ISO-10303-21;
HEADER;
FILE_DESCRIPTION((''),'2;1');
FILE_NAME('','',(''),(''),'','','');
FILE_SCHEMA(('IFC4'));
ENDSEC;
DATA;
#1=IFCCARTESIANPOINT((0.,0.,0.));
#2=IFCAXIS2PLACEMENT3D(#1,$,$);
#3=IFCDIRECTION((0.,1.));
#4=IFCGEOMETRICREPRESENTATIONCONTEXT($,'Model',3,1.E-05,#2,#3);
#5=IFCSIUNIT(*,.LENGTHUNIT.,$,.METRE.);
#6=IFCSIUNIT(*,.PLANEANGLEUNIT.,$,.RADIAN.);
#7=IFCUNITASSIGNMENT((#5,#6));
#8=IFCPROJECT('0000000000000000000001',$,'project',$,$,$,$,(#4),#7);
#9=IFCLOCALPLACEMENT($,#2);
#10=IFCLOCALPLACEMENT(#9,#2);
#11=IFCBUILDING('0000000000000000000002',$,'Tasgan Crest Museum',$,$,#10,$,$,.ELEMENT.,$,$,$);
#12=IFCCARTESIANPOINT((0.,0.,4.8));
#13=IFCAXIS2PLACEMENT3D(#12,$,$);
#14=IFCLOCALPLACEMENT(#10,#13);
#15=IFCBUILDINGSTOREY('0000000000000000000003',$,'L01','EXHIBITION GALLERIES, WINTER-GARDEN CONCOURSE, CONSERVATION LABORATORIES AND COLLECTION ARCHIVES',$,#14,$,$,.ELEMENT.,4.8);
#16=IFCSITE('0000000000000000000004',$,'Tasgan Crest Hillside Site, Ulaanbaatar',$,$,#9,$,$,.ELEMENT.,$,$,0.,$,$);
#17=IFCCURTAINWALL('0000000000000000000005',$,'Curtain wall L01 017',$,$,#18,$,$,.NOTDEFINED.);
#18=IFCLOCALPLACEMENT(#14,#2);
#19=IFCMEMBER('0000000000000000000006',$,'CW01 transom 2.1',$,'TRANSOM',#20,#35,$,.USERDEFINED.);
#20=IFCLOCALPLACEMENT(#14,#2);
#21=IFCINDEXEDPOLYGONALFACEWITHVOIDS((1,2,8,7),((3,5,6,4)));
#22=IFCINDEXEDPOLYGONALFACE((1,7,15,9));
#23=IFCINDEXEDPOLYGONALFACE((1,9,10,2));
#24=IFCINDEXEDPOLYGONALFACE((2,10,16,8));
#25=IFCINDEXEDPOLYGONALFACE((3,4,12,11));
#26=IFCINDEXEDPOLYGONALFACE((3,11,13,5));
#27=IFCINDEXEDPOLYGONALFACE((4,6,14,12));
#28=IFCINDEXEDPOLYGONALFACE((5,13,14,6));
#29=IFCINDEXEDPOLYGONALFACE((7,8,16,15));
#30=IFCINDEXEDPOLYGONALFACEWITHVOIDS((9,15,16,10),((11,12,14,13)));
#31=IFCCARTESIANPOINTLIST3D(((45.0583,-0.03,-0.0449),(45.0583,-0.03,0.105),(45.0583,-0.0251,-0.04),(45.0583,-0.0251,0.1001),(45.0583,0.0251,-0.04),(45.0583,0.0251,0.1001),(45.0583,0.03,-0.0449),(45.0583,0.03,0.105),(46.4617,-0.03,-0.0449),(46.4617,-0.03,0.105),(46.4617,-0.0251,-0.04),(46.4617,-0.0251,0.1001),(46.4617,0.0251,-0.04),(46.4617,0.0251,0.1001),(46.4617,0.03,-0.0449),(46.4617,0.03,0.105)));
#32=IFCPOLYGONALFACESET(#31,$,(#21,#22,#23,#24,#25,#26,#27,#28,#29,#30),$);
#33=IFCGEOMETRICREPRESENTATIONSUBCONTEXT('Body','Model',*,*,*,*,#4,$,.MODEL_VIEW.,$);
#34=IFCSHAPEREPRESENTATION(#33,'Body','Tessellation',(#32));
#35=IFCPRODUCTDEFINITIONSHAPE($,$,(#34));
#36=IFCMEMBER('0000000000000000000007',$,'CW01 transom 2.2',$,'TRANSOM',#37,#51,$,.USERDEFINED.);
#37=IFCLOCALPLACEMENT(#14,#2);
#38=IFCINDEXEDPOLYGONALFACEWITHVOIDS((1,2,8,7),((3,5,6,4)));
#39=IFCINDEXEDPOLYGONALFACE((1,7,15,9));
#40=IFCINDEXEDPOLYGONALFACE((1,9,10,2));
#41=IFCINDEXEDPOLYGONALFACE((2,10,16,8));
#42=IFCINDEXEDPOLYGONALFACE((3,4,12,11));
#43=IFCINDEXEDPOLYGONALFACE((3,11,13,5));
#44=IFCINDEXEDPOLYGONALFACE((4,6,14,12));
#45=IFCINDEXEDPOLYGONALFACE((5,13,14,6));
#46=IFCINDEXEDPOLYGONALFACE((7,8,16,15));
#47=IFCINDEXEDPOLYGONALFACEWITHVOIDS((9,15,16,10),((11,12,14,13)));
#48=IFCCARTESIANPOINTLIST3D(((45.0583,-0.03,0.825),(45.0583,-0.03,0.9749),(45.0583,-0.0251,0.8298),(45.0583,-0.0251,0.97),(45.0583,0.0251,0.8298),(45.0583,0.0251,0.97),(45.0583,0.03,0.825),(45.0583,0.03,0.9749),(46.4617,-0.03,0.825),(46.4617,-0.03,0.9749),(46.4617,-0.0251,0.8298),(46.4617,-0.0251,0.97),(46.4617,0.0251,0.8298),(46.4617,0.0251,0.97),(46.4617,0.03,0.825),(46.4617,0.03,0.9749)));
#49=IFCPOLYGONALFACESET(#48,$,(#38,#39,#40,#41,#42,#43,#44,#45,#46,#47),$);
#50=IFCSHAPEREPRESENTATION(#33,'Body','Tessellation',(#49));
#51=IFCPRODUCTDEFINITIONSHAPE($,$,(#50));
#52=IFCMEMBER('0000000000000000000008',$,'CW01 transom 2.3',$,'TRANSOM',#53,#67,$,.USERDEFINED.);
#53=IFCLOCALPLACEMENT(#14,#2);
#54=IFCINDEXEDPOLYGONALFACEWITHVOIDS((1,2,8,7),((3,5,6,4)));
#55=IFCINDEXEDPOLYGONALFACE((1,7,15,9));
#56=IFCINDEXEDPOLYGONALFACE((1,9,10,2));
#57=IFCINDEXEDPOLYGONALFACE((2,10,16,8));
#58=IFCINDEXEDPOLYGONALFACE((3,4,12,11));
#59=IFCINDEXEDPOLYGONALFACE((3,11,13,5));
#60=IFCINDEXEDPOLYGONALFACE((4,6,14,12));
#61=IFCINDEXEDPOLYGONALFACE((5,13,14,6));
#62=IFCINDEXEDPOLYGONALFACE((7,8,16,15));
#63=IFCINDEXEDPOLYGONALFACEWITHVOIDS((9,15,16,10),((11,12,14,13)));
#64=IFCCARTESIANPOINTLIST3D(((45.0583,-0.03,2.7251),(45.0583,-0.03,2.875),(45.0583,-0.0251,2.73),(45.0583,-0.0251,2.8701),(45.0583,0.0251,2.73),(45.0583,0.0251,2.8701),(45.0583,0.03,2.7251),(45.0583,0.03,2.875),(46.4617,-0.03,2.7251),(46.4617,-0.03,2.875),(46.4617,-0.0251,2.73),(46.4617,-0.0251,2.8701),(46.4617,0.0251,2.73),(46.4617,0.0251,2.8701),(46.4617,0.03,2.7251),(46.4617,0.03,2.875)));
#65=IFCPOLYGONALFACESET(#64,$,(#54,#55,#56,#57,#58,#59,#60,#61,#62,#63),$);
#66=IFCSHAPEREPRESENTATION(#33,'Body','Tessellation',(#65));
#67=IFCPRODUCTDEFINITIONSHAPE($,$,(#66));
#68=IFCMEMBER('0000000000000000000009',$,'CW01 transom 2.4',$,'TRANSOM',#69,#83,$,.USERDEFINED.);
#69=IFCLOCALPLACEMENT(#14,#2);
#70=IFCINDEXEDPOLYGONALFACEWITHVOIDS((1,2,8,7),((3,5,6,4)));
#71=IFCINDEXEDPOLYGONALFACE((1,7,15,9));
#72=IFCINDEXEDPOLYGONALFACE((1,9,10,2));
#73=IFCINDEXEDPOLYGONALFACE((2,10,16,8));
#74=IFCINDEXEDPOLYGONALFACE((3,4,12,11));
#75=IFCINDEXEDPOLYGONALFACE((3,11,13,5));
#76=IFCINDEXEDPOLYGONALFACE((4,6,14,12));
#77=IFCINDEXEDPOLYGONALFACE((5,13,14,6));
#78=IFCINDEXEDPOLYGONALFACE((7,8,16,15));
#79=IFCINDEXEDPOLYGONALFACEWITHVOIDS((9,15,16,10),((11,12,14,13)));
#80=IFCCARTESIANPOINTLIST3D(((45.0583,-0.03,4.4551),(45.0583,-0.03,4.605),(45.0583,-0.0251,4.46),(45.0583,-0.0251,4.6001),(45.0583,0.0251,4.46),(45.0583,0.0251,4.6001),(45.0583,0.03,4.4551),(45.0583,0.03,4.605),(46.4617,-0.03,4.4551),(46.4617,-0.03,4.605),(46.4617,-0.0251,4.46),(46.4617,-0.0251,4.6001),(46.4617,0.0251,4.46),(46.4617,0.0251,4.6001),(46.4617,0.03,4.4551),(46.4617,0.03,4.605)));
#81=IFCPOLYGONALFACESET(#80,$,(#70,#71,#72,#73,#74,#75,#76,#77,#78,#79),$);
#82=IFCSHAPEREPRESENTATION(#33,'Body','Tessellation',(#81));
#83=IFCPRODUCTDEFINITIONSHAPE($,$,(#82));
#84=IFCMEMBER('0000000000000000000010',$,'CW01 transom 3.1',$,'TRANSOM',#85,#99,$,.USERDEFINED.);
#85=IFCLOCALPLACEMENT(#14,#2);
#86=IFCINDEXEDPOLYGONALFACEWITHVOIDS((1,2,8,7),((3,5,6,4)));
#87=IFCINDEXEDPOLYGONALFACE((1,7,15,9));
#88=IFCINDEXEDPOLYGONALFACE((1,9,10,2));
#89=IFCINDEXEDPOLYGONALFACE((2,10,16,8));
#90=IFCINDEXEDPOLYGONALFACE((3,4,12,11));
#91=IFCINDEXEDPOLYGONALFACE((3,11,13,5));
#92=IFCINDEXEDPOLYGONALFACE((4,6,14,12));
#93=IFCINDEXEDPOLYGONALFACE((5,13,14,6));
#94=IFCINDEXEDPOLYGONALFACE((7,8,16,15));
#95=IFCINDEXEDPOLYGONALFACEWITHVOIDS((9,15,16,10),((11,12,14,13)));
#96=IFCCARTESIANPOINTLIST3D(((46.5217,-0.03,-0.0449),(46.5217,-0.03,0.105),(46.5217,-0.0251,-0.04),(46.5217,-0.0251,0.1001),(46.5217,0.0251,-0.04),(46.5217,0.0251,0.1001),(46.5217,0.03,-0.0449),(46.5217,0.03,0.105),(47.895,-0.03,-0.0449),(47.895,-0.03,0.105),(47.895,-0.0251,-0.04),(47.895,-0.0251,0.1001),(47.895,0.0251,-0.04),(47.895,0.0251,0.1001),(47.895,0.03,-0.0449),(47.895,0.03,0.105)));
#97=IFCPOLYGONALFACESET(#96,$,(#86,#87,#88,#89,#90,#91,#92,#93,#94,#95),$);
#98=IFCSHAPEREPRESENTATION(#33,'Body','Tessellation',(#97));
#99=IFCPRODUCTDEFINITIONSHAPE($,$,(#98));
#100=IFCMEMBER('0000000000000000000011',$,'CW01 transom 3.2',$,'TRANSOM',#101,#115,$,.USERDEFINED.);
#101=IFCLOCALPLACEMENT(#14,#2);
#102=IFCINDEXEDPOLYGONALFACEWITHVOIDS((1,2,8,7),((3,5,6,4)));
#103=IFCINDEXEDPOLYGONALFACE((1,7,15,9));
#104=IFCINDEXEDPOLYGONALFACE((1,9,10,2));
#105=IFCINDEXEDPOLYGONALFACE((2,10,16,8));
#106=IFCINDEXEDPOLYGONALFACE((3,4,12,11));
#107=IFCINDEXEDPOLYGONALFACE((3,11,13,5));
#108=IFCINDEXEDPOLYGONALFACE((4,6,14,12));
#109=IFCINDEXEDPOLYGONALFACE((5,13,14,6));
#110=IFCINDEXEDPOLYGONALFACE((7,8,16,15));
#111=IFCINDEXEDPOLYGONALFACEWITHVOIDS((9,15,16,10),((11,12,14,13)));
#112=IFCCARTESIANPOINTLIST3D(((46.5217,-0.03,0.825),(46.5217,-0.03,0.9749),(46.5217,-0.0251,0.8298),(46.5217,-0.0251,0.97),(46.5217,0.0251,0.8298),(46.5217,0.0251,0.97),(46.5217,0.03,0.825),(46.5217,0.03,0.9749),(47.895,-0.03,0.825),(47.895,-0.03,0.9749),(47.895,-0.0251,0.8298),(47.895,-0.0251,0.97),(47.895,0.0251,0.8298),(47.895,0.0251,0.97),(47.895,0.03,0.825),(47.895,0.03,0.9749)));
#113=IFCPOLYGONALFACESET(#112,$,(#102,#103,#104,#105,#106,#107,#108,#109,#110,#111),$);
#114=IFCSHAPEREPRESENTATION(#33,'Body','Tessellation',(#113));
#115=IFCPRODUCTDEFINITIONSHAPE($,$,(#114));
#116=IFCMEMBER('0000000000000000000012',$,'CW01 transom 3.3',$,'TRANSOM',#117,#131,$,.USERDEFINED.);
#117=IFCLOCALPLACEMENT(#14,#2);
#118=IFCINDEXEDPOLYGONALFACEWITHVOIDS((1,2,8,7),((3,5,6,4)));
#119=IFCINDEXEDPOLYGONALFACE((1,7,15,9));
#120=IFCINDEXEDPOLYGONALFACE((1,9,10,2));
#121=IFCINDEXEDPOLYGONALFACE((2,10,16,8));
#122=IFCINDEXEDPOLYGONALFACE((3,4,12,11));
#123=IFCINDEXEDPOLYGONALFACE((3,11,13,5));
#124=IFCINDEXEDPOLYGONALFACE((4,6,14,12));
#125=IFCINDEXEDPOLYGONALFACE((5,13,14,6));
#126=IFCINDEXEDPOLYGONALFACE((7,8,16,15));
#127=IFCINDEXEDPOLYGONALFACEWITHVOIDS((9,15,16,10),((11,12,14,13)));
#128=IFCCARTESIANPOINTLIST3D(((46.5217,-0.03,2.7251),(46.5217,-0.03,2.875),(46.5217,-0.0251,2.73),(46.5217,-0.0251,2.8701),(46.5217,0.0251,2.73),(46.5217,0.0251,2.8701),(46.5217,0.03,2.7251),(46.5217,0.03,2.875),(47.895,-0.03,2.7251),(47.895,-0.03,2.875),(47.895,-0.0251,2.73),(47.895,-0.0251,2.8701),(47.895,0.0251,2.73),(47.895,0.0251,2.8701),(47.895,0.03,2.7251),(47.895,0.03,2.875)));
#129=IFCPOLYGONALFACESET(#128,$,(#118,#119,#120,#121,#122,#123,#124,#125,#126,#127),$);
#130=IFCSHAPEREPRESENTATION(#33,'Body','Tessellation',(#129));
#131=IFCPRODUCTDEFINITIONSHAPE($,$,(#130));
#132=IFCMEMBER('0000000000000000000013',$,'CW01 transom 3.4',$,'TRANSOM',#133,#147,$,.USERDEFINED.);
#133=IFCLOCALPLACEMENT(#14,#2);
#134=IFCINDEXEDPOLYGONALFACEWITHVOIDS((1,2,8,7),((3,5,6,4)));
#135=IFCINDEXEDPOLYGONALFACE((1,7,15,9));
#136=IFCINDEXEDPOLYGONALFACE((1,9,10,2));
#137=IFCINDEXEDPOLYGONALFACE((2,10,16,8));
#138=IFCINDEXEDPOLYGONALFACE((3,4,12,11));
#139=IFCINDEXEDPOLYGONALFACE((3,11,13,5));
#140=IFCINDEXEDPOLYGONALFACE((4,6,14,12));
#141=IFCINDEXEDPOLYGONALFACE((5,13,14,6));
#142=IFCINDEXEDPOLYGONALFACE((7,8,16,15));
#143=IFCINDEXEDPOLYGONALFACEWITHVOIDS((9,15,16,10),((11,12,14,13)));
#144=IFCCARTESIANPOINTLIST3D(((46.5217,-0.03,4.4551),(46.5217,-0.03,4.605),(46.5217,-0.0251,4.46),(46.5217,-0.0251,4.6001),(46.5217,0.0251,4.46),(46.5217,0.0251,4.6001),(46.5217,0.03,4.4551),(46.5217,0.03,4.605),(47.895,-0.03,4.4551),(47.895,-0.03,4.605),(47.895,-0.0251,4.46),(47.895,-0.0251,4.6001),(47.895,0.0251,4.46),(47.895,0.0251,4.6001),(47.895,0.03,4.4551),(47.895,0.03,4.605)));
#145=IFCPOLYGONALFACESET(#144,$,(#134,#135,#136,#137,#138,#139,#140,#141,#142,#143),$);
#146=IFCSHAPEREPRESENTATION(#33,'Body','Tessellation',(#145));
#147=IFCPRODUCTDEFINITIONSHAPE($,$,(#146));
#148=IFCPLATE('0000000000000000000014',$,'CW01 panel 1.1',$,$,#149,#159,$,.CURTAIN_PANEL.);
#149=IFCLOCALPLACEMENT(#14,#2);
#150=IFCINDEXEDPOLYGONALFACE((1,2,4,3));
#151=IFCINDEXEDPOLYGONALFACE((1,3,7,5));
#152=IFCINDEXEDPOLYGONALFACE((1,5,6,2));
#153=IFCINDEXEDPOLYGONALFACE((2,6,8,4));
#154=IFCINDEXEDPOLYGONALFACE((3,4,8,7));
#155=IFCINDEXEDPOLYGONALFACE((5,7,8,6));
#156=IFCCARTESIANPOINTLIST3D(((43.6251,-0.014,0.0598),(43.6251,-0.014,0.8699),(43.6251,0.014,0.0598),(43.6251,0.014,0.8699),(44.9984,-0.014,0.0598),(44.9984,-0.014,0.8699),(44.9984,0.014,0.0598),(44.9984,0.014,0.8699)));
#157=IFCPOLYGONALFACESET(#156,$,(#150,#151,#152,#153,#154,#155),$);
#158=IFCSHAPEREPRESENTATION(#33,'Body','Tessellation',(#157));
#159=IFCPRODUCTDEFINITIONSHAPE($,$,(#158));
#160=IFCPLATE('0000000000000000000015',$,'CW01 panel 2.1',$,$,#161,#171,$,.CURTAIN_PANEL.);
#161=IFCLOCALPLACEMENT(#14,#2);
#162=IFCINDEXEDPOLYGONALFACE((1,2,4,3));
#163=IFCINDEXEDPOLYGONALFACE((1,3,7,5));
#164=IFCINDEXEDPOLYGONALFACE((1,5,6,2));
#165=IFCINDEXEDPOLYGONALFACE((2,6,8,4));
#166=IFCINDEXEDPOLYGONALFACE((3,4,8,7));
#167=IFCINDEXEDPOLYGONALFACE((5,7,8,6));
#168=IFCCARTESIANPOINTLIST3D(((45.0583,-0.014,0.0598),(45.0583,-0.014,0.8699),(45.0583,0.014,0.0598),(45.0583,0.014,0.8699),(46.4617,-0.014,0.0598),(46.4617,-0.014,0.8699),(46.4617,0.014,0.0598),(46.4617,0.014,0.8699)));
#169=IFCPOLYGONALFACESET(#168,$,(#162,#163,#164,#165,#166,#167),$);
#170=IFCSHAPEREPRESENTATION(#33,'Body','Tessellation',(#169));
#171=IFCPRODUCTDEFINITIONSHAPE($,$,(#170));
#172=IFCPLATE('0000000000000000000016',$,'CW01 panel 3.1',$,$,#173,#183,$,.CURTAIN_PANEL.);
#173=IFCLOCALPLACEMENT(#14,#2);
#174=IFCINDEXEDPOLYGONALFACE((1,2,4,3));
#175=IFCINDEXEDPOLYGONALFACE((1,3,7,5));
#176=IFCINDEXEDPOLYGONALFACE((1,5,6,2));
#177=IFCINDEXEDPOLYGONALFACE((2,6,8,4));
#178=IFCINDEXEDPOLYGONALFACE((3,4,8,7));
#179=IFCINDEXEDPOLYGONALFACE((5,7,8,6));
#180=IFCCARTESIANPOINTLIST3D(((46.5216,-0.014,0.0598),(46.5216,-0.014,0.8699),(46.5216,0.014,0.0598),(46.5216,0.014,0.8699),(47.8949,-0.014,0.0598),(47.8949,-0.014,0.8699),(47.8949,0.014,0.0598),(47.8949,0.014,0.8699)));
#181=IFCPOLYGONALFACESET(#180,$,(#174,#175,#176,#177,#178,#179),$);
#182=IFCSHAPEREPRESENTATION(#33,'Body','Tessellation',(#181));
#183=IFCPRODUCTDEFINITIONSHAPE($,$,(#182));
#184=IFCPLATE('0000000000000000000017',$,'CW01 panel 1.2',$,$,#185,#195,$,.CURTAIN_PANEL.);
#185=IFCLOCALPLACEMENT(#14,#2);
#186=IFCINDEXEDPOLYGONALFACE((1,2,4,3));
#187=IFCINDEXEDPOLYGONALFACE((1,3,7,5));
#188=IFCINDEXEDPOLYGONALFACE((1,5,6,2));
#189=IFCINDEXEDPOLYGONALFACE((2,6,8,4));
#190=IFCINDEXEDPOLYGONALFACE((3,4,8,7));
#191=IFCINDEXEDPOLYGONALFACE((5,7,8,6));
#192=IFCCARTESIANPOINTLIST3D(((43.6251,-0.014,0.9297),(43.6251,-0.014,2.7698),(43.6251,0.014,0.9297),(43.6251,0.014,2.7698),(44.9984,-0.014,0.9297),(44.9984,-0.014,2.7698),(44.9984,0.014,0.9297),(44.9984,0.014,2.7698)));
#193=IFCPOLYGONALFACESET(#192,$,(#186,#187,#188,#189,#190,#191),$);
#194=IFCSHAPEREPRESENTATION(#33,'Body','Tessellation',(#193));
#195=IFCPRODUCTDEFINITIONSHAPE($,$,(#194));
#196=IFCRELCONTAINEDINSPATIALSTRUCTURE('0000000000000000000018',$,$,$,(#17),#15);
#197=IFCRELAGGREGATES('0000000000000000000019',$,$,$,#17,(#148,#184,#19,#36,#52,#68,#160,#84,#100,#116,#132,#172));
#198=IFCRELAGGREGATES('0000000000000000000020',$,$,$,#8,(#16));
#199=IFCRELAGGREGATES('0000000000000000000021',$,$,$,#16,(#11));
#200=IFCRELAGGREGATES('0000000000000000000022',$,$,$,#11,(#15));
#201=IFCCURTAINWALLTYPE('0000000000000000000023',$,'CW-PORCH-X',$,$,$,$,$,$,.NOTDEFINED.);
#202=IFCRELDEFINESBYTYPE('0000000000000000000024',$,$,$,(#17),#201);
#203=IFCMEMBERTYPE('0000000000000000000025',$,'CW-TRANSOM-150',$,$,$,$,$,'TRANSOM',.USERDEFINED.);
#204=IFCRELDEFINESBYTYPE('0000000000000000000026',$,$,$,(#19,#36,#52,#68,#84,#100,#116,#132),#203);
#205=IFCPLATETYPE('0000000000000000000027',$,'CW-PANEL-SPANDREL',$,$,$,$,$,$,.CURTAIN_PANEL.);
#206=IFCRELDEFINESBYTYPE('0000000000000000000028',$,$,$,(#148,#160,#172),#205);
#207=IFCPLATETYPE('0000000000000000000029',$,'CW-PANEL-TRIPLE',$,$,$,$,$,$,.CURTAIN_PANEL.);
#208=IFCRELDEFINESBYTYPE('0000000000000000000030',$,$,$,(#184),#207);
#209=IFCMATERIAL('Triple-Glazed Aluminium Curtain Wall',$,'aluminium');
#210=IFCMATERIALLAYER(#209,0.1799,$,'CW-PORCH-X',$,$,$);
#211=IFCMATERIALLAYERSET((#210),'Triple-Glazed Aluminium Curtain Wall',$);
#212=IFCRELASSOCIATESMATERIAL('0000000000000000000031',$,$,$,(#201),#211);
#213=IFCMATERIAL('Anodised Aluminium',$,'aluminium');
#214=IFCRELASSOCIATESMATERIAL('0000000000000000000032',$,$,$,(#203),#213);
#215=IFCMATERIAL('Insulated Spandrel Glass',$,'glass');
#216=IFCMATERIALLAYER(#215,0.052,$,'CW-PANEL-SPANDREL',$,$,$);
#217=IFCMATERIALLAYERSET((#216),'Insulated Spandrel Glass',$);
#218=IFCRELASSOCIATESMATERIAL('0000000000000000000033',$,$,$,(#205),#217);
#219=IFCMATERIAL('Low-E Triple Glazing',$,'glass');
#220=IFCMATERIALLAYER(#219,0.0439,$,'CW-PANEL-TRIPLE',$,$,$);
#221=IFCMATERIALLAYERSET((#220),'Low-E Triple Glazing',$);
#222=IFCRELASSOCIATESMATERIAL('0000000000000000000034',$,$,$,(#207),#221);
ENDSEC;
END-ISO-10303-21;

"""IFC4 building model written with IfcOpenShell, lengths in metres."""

from ifc_helpers import new_model, si_unit, direction, frame, origin, origin_2d, place, context, subcontext, project, spatial, rectangle, hollow_rectangle, extrude, material, layer, layer_set, material_profile, profile_set, type_object, element, aggregate, save


model = new_model("IFC4")

# Units and contexts
model_context = context("Model", 3, precision=1e-05, world=origin(), true_north=direction((0.0, 1.0)))
body_context = subcontext(model_context, "Body", "Model", "MODEL_VIEW")
ifc_project = project(units=[si_unit("LENGTHUNIT", "METRE"), si_unit("PLANEANGLEUNIT", "RADIAN")], contexts=[model_context])

# Site, building, storey
site_placement = place(None, origin())
site = spatial("IfcSite", under=ifc_project, at=site_placement, Name="Tasgan Crest Hillside Site, Ulaanbaatar", CompositionType="ELEMENT", RefElevation=0.0)
building_placement = place(site_placement, origin())
building = spatial("IfcBuilding", under=site, at=building_placement, Name="Tasgan Crest Museum", CompositionType="ELEMENT")
storey_placement = place(building_placement, frame((0.0, 0.0, 4.8)))
storey = spatial("IfcBuildingStorey", under=building, at=storey_placement, Name="L01", Description="EXHIBITION GALLERIES, WINTER-GARDEN CONCOURSE, CONSERVATION LABORATORIES AND COLLECTION ARCHIVES", CompositionType="ELEMENT", Elevation=4.8)

# Curtain wall, members, plates
ifc_material_1 = material(Name="Triple-Glazed Aluminium Curtain Wall", Category="aluminium")
ifc_layer_1 = layer(ifc_material_1, 0.1799, Name="CW-PORCH-X")
ifc_layer_set_1 = layer_set([ifc_layer_1], Name="Triple-Glazed Aluminium Curtain Wall")
curtain_wall_type = type_object("IfcCurtainWallType", Name="CW-PORCH-X", PredefinedType="NOTDEFINED", material=ifc_layer_set_1)
curtain_wall_placement = place(storey_placement, origin())
curtain_wall = element("IfcCurtainWall", 1, at=curtain_wall_placement, inside=storey, type_object=curtain_wall_type, Name="Curtain wall L01 017", PredefinedType="NOTDEFINED")
ifc_material_2 = material(Name="Anodised Aluminium", Category="aluminium")
ifc_material_profile_1 = material_profile(ifc_material_2, hollow_rectangle(XDim=0.0601, YDim=0.1499, WallThickness=0.0049, at=origin_2d()), Name="ALU TRANSOM 150x60x5")
ifc_profile_set_1 = profile_set([ifc_material_profile_1], Name="Anodised Aluminium")
member_type_1 = type_object("IfcMemberType", Name="CW-TRANSOM-150", ElementType="TRANSOM", PredefinedType="USERDEFINED", material=ifc_profile_set_1)
member_1_placement = place(storey_placement, frame((45.0583, 0.0, 0.03), z_axis=(1.0, 0.0, 0.0), x_axis=(0.0, 1.0, 0.0)))
member_1 = element("IfcMember", 2, at=member_1_placement, type_object=member_type_1, Name="CW01 transom 2.1", ObjectType="TRANSOM", PredefinedType="USERDEFINED", context=body_context, shape_type="SweptSolid", body=[
    extrude(hollow_rectangle(XDim=0.0601, YDim=0.1499, WallThickness=0.0049, at=origin_2d()), origin(), (0.0, 0.0, 1.0), 1.4033),
])
member_2_placement = place(storey_placement, frame((45.0583, 0.0, 0.8999), z_axis=(1.0, 0.0, 0.0), x_axis=(0.0, 1.0, 0.0)))
member_2 = element("IfcMember", 3, at=member_2_placement, type_object=member_type_1, Name="CW01 transom 2.2", ObjectType="TRANSOM", PredefinedType="USERDEFINED", context=body_context, shape_type="SweptSolid", body=[
    extrude(hollow_rectangle(XDim=0.0601, YDim=0.1499, WallThickness=0.0049, at=origin_2d()), origin(), (0.0, 0.0, 1.0), 1.4033),
])
member_3_placement = place(storey_placement, frame((45.0583, 0.0, 2.8), z_axis=(1.0, 0.0, 0.0), x_axis=(0.0, 1.0, 0.0)))
member_3 = element("IfcMember", 4, at=member_3_placement, type_object=member_type_1, Name="CW01 transom 2.3", ObjectType="TRANSOM", PredefinedType="USERDEFINED", context=body_context, shape_type="SweptSolid", body=[
    extrude(hollow_rectangle(XDim=0.0601, YDim=0.1499, WallThickness=0.0049, at=origin_2d()), origin(), (0.0, 0.0, 1.0), 1.4033),
])
member_4_placement = place(storey_placement, frame((45.0583, 0.0, 4.53), z_axis=(1.0, 0.0, 0.0), x_axis=(0.0, 1.0, 0.0)))
member_4 = element("IfcMember", 5, at=member_4_placement, type_object=member_type_1, Name="CW01 transom 2.4", ObjectType="TRANSOM", PredefinedType="USERDEFINED", context=body_context, shape_type="SweptSolid", body=[
    extrude(hollow_rectangle(XDim=0.0601, YDim=0.1499, WallThickness=0.0049, at=origin_2d()), origin(), (0.0, 0.0, 1.0), 1.4033),
])
member_5_placement = place(storey_placement, frame((46.5217, 0.0, 0.03), z_axis=(1.0, 0.0, 0.0), x_axis=(0.0, 1.0, 0.0)))
member_5 = element("IfcMember", 6, at=member_5_placement, type_object=member_type_1, Name="CW01 transom 3.1", ObjectType="TRANSOM", PredefinedType="USERDEFINED", context=body_context, shape_type="SweptSolid", body=[
    extrude(hollow_rectangle(XDim=0.0601, YDim=0.1499, WallThickness=0.0049, at=origin_2d()), origin(), (0.0, 0.0, 1.0), 1.3733),
])
member_6_placement = place(storey_placement, frame((46.5217, 0.0, 0.8999), z_axis=(1.0, 0.0, 0.0), x_axis=(0.0, 1.0, 0.0)))
member_6 = element("IfcMember", 7, at=member_6_placement, type_object=member_type_1, Name="CW01 transom 3.2", ObjectType="TRANSOM", PredefinedType="USERDEFINED", context=body_context, shape_type="SweptSolid", body=[
    extrude(hollow_rectangle(XDim=0.0601, YDim=0.1499, WallThickness=0.0049, at=origin_2d()), origin(), (0.0, 0.0, 1.0), 1.3733),
])
member_7_placement = place(storey_placement, frame((46.5217, 0.0, 2.8), z_axis=(1.0, 0.0, 0.0), x_axis=(0.0, 1.0, 0.0)))
member_7 = element("IfcMember", 8, at=member_7_placement, type_object=member_type_1, Name="CW01 transom 3.3", ObjectType="TRANSOM", PredefinedType="USERDEFINED", context=body_context, shape_type="SweptSolid", body=[
    extrude(hollow_rectangle(XDim=0.0601, YDim=0.1499, WallThickness=0.0049, at=origin_2d()), origin(), (0.0, 0.0, 1.0), 1.3733),
])
member_8_placement = place(storey_placement, frame((46.5217, 0.0, 4.53), z_axis=(1.0, 0.0, 0.0), x_axis=(0.0, 1.0, 0.0)))
member_8 = element("IfcMember", 9, at=member_8_placement, type_object=member_type_1, Name="CW01 transom 3.4", ObjectType="TRANSOM", PredefinedType="USERDEFINED", context=body_context, shape_type="SweptSolid", body=[
    extrude(hollow_rectangle(XDim=0.0601, YDim=0.1499, WallThickness=0.0049, at=origin_2d()), origin(), (0.0, 0.0, 1.0), 1.3733),
])
ifc_material_3 = material(Name="Insulated Spandrel Glass", Category="glass")
ifc_layer_2 = layer(ifc_material_3, 0.052, Name="CW-PANEL-SPANDREL")
ifc_layer_set_2 = layer_set([ifc_layer_2], Name="Insulated Spandrel Glass")
plate_type_1 = type_object("IfcPlateType", Name="CW-PANEL-SPANDREL", PredefinedType="CURTAIN_PANEL", material=ifc_layer_set_2)
plate_1_placement = place(storey_placement, frame((44.3118, 0.0, 0.0598), z_axis=(0.0, 0.0, 1.0), x_axis=(1.0, 0.0, 0.0)))
plate_1 = element("IfcPlate", 10, at=plate_1_placement, type_object=plate_type_1, Name="CW01 panel 1.1", PredefinedType="CURTAIN_PANEL", context=body_context, shape_type="SweptSolid", body=[
    extrude(rectangle(XDim=1.3733, YDim=0.0281, at=origin_2d()), origin(), (0.0, 0.0, 1.0), 0.8101),
])
plate_2_placement = place(storey_placement, frame((45.76, 0.0, 0.0598), z_axis=(0.0, 0.0, 1.0), x_axis=(1.0, 0.0, 0.0)))
plate_2 = element("IfcPlate", 11, at=plate_2_placement, type_object=plate_type_1, Name="CW01 panel 2.1", PredefinedType="CURTAIN_PANEL", context=body_context, shape_type="SweptSolid", body=[
    extrude(rectangle(XDim=1.4033, YDim=0.0281, at=origin_2d()), origin(), (0.0, 0.0, 1.0), 0.8101),
])
plate_3_placement = place(storey_placement, frame((47.2083, 0.0, 0.0598), z_axis=(0.0, 0.0, 1.0), x_axis=(1.0, 0.0, 0.0)))
plate_3 = element("IfcPlate", 12, at=plate_3_placement, type_object=plate_type_1, Name="CW01 panel 3.1", PredefinedType="CURTAIN_PANEL", context=body_context, shape_type="SweptSolid", body=[
    extrude(rectangle(XDim=1.3733, YDim=0.0281, at=origin_2d()), origin(), (0.0, 0.0, 1.0), 0.8101),
])
ifc_material_4 = material(Name="Low-E Triple Glazing", Category="glass")
ifc_layer_3 = layer(ifc_material_4, 0.0439, Name="CW-PANEL-TRIPLE")
ifc_layer_set_3 = layer_set([ifc_layer_3], Name="Low-E Triple Glazing")
plate_type_2 = type_object("IfcPlateType", Name="CW-PANEL-TRIPLE", PredefinedType="CURTAIN_PANEL", material=ifc_layer_set_3)
plate_4_placement = place(storey_placement, frame((44.3118, 0.0, 0.9297), z_axis=(0.0, 0.0, 1.0), x_axis=(1.0, 0.0, 0.0)))
plate_4 = element("IfcPlate", 13, at=plate_4_placement, type_object=plate_type_2, Name="CW01 panel 1.2", PredefinedType="CURTAIN_PANEL", context=body_context, shape_type="SweptSolid", body=[
    extrude(rectangle(XDim=1.3733, YDim=0.0281, at=origin_2d()), origin(), (0.0, 0.0, 1.0), 1.8401),
])
aggregate(curtain_wall, [plate_1, plate_4, member_1, member_2, member_3, member_4, plate_2, member_5, member_6, member_7, member_8, plate_3])

save(model, "model.ifc")
